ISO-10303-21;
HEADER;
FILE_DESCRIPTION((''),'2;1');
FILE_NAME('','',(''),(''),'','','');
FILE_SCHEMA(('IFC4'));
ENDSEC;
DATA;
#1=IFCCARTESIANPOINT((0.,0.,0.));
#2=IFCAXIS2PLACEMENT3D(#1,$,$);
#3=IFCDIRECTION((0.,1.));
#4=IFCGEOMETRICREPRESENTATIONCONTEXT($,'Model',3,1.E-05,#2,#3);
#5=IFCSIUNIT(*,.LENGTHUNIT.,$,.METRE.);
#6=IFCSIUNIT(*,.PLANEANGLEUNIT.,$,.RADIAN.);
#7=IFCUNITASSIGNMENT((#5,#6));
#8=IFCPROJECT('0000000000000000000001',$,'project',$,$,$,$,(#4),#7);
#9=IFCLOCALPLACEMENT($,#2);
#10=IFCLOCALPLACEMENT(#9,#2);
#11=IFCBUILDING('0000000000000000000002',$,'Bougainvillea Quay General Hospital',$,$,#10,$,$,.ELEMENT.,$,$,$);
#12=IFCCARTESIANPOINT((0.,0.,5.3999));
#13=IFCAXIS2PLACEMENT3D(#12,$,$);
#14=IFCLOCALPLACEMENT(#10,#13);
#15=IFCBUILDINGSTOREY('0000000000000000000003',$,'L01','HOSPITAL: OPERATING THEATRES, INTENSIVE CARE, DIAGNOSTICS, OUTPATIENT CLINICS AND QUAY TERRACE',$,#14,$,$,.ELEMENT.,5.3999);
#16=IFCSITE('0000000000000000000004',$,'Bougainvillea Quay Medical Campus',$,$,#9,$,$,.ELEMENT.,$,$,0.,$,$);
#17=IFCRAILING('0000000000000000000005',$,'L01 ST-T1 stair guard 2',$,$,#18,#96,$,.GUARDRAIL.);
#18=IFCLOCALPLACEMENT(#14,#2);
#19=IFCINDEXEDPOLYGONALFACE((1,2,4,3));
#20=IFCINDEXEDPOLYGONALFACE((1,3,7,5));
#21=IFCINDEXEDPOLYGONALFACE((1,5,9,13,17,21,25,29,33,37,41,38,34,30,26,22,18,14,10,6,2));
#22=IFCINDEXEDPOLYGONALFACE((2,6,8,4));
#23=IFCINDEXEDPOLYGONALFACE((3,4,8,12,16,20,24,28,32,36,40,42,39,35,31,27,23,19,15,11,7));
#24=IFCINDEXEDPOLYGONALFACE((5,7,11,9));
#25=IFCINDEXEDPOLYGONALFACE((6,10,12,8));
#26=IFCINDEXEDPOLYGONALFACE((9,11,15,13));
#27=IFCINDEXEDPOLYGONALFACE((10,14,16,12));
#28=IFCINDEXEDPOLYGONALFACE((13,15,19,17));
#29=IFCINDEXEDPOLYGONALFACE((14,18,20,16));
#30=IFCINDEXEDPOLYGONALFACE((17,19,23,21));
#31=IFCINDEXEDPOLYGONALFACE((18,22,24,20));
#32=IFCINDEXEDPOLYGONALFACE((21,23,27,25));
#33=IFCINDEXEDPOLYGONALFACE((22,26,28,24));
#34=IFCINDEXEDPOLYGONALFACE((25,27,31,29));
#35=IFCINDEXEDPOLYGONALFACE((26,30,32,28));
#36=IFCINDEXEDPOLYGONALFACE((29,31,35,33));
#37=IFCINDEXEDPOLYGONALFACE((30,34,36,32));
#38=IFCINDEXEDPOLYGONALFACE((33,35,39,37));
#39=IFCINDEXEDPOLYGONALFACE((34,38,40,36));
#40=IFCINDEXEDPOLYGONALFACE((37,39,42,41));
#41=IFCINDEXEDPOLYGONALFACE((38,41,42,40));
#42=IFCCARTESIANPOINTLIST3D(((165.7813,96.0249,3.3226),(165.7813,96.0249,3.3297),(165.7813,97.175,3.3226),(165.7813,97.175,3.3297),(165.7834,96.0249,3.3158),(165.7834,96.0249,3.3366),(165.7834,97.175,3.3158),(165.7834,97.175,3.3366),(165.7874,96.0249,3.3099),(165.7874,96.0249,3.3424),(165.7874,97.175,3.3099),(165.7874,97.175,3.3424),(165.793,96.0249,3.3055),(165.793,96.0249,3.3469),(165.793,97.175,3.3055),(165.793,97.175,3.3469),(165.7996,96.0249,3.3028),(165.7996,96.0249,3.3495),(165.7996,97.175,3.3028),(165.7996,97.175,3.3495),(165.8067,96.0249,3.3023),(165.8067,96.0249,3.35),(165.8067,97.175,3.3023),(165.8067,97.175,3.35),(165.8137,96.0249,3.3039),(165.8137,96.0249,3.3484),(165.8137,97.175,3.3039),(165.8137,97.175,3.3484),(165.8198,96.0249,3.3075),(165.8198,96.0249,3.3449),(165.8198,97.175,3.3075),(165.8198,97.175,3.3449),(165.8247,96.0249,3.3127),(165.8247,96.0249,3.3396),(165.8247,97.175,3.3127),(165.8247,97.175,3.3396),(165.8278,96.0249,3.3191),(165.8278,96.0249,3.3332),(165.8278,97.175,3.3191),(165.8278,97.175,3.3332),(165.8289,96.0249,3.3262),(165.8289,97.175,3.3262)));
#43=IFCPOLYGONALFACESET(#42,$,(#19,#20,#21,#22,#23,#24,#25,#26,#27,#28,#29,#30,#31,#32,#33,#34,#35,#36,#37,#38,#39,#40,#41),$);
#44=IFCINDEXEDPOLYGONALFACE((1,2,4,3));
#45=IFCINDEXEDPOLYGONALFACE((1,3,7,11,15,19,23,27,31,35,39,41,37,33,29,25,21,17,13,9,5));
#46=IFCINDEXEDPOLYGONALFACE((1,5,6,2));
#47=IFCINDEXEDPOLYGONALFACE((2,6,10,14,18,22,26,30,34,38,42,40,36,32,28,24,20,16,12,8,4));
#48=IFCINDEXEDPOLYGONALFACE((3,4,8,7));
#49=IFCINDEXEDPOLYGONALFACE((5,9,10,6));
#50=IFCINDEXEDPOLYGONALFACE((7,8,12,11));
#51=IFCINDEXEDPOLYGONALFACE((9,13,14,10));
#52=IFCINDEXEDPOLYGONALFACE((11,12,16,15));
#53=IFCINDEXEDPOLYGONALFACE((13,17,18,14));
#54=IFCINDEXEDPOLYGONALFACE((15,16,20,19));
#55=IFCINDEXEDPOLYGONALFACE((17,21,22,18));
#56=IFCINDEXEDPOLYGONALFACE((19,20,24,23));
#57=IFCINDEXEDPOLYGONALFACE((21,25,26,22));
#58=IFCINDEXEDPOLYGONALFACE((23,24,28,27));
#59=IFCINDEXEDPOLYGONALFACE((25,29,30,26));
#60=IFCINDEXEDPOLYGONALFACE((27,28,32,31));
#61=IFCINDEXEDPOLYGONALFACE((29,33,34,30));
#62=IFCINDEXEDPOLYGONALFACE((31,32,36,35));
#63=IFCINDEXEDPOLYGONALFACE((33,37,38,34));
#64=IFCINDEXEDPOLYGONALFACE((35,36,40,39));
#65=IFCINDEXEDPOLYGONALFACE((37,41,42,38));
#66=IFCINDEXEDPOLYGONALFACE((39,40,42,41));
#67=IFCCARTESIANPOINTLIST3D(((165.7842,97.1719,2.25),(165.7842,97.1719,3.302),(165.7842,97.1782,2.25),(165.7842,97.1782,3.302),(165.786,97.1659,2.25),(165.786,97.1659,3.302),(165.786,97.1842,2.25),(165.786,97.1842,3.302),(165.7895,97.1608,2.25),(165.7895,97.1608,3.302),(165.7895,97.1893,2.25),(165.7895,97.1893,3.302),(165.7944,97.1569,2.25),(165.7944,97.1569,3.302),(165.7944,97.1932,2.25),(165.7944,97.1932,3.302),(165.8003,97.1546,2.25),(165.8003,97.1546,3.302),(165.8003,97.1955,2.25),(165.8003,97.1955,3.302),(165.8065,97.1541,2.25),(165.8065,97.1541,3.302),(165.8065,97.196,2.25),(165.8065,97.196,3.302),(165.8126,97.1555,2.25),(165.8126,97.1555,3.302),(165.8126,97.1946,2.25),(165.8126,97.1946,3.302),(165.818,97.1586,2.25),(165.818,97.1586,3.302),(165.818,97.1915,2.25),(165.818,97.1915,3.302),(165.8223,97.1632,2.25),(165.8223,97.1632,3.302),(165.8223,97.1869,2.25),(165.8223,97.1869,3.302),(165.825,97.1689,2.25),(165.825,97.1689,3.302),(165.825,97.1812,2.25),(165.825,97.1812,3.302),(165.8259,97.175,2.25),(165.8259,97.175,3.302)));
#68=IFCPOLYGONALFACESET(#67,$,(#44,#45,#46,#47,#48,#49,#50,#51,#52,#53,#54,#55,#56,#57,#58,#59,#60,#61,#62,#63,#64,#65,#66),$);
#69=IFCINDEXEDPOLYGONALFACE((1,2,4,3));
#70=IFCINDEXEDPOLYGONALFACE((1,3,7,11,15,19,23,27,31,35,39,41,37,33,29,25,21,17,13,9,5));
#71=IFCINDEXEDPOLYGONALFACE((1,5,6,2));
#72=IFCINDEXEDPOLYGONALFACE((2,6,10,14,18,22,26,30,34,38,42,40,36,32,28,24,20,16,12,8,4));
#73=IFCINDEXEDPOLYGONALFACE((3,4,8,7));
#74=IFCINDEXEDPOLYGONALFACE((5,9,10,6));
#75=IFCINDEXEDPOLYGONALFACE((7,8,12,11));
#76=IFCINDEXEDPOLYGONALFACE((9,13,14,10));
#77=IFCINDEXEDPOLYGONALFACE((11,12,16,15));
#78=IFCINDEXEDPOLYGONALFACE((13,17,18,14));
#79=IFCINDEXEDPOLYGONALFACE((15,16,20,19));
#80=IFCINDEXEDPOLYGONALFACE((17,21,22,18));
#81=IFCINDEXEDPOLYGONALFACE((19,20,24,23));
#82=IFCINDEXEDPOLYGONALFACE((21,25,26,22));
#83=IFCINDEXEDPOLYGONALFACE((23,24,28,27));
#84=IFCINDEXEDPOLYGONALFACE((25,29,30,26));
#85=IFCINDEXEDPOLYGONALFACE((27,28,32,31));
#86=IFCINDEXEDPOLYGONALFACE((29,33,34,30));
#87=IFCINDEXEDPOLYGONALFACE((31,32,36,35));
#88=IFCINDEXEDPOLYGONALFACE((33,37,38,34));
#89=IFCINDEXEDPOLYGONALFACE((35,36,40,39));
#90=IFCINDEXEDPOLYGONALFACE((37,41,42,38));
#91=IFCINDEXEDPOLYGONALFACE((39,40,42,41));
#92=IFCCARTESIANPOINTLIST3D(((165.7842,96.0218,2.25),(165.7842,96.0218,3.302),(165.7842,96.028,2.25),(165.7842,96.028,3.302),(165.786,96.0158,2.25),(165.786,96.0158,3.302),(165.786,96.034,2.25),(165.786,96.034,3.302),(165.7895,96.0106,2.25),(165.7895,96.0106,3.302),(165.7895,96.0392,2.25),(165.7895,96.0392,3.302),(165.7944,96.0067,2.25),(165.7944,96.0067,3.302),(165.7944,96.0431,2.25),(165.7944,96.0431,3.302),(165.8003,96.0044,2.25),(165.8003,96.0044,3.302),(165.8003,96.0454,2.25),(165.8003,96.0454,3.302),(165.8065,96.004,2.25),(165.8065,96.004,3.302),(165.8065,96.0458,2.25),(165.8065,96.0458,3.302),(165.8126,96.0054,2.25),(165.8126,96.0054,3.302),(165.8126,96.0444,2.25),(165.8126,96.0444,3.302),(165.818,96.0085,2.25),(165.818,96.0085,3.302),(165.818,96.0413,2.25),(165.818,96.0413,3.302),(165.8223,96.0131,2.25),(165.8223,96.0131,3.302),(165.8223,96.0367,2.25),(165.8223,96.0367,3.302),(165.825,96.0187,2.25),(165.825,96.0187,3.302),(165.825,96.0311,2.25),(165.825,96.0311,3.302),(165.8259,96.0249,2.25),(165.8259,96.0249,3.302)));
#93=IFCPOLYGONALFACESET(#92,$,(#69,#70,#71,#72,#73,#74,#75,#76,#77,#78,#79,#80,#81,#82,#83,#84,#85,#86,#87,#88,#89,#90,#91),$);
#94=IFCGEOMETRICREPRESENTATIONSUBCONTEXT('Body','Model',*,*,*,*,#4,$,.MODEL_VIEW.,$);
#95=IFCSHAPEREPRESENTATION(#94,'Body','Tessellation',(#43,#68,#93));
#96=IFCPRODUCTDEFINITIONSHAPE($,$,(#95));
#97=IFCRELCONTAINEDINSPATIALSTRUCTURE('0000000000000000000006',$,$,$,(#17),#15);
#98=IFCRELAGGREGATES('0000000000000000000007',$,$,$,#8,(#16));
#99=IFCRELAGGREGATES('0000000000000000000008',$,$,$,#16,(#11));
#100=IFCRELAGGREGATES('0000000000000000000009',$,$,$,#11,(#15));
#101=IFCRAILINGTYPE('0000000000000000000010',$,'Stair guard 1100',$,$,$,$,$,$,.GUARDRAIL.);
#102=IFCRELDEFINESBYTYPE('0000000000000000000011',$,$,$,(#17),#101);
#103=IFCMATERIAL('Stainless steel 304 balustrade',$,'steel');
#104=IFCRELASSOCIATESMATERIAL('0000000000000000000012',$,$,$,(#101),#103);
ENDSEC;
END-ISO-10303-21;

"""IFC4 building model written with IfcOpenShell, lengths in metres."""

from ifc_helpers import new_model, si_unit, direction, frame, origin, origin_2d, place, context, subcontext, project, spatial, circle, extrude, material, type_object, element, save


model = new_model("IFC4")

# Units and contexts
model_context = context("Model", 3, precision=1e-05, world=origin(), true_north=direction((0.0, 1.0)))
body_context = subcontext(model_context, "Body", "Model", "MODEL_VIEW")
ifc_project = project(units=[si_unit("LENGTHUNIT", "METRE"), si_unit("PLANEANGLEUNIT", "RADIAN")], contexts=[model_context])

# Site, building, storey
site_placement = place(None, origin())
site = spatial("IfcSite", under=ifc_project, at=site_placement, Name="Bougainvillea Quay Medical Campus", CompositionType="ELEMENT", RefElevation=0.0)
building_placement = place(site_placement, origin())
building = spatial("IfcBuilding", under=site, at=building_placement, Name="Bougainvillea Quay General Hospital", CompositionType="ELEMENT")
storey_placement = place(building_placement, frame((0.0, 0.0, 5.3999)))
storey = spatial("IfcBuildingStorey", under=building, at=storey_placement, Name="L01", Description="HOSPITAL: OPERATING THEATRES, INTENSIVE CARE, DIAGNOSTICS, OUTPATIENT CLINICS AND QUAY TERRACE", CompositionType="ELEMENT", Elevation=5.3999)

# Railing
ifc_material_1 = material(Name="Stainless steel 304 balustrade", Category="steel")
railing_type_1 = type_object("IfcRailingType", Name="Stair guard 1100", PredefinedType="GUARDRAIL", material=ifc_material_1)
railing_1_placement = place(storey_placement, frame((165.8049, 97.175, 2.25)))
element("IfcRailing", 1, at=railing_1_placement, inside=storey, type_object=railing_type_1, Name="L01 ST-T1 stair guard 2", PredefinedType="GUARDRAIL", context=body_context, shape_type="SweptSolid", body=[
    extrude(circle(Radius=0.0239, at=origin_2d()), frame((0.0, 0.0, 1.0762), z_axis=(0.0, -1.0, 0.0), x_axis=(1.0, 0.0, 0.0)), (0.0, 0.0, 1.0), 1.1501),
    extrude(circle(Radius=0.021, at=origin_2d()), origin(), (0.0, 0.0, 1.0), 1.052),
    extrude(circle(Radius=0.021, at=origin_2d()), frame((0.0, -1.1501, 0.0)), (0.0, 0.0, 1.0), 1.052),
])

save(model, "model.ifc")
